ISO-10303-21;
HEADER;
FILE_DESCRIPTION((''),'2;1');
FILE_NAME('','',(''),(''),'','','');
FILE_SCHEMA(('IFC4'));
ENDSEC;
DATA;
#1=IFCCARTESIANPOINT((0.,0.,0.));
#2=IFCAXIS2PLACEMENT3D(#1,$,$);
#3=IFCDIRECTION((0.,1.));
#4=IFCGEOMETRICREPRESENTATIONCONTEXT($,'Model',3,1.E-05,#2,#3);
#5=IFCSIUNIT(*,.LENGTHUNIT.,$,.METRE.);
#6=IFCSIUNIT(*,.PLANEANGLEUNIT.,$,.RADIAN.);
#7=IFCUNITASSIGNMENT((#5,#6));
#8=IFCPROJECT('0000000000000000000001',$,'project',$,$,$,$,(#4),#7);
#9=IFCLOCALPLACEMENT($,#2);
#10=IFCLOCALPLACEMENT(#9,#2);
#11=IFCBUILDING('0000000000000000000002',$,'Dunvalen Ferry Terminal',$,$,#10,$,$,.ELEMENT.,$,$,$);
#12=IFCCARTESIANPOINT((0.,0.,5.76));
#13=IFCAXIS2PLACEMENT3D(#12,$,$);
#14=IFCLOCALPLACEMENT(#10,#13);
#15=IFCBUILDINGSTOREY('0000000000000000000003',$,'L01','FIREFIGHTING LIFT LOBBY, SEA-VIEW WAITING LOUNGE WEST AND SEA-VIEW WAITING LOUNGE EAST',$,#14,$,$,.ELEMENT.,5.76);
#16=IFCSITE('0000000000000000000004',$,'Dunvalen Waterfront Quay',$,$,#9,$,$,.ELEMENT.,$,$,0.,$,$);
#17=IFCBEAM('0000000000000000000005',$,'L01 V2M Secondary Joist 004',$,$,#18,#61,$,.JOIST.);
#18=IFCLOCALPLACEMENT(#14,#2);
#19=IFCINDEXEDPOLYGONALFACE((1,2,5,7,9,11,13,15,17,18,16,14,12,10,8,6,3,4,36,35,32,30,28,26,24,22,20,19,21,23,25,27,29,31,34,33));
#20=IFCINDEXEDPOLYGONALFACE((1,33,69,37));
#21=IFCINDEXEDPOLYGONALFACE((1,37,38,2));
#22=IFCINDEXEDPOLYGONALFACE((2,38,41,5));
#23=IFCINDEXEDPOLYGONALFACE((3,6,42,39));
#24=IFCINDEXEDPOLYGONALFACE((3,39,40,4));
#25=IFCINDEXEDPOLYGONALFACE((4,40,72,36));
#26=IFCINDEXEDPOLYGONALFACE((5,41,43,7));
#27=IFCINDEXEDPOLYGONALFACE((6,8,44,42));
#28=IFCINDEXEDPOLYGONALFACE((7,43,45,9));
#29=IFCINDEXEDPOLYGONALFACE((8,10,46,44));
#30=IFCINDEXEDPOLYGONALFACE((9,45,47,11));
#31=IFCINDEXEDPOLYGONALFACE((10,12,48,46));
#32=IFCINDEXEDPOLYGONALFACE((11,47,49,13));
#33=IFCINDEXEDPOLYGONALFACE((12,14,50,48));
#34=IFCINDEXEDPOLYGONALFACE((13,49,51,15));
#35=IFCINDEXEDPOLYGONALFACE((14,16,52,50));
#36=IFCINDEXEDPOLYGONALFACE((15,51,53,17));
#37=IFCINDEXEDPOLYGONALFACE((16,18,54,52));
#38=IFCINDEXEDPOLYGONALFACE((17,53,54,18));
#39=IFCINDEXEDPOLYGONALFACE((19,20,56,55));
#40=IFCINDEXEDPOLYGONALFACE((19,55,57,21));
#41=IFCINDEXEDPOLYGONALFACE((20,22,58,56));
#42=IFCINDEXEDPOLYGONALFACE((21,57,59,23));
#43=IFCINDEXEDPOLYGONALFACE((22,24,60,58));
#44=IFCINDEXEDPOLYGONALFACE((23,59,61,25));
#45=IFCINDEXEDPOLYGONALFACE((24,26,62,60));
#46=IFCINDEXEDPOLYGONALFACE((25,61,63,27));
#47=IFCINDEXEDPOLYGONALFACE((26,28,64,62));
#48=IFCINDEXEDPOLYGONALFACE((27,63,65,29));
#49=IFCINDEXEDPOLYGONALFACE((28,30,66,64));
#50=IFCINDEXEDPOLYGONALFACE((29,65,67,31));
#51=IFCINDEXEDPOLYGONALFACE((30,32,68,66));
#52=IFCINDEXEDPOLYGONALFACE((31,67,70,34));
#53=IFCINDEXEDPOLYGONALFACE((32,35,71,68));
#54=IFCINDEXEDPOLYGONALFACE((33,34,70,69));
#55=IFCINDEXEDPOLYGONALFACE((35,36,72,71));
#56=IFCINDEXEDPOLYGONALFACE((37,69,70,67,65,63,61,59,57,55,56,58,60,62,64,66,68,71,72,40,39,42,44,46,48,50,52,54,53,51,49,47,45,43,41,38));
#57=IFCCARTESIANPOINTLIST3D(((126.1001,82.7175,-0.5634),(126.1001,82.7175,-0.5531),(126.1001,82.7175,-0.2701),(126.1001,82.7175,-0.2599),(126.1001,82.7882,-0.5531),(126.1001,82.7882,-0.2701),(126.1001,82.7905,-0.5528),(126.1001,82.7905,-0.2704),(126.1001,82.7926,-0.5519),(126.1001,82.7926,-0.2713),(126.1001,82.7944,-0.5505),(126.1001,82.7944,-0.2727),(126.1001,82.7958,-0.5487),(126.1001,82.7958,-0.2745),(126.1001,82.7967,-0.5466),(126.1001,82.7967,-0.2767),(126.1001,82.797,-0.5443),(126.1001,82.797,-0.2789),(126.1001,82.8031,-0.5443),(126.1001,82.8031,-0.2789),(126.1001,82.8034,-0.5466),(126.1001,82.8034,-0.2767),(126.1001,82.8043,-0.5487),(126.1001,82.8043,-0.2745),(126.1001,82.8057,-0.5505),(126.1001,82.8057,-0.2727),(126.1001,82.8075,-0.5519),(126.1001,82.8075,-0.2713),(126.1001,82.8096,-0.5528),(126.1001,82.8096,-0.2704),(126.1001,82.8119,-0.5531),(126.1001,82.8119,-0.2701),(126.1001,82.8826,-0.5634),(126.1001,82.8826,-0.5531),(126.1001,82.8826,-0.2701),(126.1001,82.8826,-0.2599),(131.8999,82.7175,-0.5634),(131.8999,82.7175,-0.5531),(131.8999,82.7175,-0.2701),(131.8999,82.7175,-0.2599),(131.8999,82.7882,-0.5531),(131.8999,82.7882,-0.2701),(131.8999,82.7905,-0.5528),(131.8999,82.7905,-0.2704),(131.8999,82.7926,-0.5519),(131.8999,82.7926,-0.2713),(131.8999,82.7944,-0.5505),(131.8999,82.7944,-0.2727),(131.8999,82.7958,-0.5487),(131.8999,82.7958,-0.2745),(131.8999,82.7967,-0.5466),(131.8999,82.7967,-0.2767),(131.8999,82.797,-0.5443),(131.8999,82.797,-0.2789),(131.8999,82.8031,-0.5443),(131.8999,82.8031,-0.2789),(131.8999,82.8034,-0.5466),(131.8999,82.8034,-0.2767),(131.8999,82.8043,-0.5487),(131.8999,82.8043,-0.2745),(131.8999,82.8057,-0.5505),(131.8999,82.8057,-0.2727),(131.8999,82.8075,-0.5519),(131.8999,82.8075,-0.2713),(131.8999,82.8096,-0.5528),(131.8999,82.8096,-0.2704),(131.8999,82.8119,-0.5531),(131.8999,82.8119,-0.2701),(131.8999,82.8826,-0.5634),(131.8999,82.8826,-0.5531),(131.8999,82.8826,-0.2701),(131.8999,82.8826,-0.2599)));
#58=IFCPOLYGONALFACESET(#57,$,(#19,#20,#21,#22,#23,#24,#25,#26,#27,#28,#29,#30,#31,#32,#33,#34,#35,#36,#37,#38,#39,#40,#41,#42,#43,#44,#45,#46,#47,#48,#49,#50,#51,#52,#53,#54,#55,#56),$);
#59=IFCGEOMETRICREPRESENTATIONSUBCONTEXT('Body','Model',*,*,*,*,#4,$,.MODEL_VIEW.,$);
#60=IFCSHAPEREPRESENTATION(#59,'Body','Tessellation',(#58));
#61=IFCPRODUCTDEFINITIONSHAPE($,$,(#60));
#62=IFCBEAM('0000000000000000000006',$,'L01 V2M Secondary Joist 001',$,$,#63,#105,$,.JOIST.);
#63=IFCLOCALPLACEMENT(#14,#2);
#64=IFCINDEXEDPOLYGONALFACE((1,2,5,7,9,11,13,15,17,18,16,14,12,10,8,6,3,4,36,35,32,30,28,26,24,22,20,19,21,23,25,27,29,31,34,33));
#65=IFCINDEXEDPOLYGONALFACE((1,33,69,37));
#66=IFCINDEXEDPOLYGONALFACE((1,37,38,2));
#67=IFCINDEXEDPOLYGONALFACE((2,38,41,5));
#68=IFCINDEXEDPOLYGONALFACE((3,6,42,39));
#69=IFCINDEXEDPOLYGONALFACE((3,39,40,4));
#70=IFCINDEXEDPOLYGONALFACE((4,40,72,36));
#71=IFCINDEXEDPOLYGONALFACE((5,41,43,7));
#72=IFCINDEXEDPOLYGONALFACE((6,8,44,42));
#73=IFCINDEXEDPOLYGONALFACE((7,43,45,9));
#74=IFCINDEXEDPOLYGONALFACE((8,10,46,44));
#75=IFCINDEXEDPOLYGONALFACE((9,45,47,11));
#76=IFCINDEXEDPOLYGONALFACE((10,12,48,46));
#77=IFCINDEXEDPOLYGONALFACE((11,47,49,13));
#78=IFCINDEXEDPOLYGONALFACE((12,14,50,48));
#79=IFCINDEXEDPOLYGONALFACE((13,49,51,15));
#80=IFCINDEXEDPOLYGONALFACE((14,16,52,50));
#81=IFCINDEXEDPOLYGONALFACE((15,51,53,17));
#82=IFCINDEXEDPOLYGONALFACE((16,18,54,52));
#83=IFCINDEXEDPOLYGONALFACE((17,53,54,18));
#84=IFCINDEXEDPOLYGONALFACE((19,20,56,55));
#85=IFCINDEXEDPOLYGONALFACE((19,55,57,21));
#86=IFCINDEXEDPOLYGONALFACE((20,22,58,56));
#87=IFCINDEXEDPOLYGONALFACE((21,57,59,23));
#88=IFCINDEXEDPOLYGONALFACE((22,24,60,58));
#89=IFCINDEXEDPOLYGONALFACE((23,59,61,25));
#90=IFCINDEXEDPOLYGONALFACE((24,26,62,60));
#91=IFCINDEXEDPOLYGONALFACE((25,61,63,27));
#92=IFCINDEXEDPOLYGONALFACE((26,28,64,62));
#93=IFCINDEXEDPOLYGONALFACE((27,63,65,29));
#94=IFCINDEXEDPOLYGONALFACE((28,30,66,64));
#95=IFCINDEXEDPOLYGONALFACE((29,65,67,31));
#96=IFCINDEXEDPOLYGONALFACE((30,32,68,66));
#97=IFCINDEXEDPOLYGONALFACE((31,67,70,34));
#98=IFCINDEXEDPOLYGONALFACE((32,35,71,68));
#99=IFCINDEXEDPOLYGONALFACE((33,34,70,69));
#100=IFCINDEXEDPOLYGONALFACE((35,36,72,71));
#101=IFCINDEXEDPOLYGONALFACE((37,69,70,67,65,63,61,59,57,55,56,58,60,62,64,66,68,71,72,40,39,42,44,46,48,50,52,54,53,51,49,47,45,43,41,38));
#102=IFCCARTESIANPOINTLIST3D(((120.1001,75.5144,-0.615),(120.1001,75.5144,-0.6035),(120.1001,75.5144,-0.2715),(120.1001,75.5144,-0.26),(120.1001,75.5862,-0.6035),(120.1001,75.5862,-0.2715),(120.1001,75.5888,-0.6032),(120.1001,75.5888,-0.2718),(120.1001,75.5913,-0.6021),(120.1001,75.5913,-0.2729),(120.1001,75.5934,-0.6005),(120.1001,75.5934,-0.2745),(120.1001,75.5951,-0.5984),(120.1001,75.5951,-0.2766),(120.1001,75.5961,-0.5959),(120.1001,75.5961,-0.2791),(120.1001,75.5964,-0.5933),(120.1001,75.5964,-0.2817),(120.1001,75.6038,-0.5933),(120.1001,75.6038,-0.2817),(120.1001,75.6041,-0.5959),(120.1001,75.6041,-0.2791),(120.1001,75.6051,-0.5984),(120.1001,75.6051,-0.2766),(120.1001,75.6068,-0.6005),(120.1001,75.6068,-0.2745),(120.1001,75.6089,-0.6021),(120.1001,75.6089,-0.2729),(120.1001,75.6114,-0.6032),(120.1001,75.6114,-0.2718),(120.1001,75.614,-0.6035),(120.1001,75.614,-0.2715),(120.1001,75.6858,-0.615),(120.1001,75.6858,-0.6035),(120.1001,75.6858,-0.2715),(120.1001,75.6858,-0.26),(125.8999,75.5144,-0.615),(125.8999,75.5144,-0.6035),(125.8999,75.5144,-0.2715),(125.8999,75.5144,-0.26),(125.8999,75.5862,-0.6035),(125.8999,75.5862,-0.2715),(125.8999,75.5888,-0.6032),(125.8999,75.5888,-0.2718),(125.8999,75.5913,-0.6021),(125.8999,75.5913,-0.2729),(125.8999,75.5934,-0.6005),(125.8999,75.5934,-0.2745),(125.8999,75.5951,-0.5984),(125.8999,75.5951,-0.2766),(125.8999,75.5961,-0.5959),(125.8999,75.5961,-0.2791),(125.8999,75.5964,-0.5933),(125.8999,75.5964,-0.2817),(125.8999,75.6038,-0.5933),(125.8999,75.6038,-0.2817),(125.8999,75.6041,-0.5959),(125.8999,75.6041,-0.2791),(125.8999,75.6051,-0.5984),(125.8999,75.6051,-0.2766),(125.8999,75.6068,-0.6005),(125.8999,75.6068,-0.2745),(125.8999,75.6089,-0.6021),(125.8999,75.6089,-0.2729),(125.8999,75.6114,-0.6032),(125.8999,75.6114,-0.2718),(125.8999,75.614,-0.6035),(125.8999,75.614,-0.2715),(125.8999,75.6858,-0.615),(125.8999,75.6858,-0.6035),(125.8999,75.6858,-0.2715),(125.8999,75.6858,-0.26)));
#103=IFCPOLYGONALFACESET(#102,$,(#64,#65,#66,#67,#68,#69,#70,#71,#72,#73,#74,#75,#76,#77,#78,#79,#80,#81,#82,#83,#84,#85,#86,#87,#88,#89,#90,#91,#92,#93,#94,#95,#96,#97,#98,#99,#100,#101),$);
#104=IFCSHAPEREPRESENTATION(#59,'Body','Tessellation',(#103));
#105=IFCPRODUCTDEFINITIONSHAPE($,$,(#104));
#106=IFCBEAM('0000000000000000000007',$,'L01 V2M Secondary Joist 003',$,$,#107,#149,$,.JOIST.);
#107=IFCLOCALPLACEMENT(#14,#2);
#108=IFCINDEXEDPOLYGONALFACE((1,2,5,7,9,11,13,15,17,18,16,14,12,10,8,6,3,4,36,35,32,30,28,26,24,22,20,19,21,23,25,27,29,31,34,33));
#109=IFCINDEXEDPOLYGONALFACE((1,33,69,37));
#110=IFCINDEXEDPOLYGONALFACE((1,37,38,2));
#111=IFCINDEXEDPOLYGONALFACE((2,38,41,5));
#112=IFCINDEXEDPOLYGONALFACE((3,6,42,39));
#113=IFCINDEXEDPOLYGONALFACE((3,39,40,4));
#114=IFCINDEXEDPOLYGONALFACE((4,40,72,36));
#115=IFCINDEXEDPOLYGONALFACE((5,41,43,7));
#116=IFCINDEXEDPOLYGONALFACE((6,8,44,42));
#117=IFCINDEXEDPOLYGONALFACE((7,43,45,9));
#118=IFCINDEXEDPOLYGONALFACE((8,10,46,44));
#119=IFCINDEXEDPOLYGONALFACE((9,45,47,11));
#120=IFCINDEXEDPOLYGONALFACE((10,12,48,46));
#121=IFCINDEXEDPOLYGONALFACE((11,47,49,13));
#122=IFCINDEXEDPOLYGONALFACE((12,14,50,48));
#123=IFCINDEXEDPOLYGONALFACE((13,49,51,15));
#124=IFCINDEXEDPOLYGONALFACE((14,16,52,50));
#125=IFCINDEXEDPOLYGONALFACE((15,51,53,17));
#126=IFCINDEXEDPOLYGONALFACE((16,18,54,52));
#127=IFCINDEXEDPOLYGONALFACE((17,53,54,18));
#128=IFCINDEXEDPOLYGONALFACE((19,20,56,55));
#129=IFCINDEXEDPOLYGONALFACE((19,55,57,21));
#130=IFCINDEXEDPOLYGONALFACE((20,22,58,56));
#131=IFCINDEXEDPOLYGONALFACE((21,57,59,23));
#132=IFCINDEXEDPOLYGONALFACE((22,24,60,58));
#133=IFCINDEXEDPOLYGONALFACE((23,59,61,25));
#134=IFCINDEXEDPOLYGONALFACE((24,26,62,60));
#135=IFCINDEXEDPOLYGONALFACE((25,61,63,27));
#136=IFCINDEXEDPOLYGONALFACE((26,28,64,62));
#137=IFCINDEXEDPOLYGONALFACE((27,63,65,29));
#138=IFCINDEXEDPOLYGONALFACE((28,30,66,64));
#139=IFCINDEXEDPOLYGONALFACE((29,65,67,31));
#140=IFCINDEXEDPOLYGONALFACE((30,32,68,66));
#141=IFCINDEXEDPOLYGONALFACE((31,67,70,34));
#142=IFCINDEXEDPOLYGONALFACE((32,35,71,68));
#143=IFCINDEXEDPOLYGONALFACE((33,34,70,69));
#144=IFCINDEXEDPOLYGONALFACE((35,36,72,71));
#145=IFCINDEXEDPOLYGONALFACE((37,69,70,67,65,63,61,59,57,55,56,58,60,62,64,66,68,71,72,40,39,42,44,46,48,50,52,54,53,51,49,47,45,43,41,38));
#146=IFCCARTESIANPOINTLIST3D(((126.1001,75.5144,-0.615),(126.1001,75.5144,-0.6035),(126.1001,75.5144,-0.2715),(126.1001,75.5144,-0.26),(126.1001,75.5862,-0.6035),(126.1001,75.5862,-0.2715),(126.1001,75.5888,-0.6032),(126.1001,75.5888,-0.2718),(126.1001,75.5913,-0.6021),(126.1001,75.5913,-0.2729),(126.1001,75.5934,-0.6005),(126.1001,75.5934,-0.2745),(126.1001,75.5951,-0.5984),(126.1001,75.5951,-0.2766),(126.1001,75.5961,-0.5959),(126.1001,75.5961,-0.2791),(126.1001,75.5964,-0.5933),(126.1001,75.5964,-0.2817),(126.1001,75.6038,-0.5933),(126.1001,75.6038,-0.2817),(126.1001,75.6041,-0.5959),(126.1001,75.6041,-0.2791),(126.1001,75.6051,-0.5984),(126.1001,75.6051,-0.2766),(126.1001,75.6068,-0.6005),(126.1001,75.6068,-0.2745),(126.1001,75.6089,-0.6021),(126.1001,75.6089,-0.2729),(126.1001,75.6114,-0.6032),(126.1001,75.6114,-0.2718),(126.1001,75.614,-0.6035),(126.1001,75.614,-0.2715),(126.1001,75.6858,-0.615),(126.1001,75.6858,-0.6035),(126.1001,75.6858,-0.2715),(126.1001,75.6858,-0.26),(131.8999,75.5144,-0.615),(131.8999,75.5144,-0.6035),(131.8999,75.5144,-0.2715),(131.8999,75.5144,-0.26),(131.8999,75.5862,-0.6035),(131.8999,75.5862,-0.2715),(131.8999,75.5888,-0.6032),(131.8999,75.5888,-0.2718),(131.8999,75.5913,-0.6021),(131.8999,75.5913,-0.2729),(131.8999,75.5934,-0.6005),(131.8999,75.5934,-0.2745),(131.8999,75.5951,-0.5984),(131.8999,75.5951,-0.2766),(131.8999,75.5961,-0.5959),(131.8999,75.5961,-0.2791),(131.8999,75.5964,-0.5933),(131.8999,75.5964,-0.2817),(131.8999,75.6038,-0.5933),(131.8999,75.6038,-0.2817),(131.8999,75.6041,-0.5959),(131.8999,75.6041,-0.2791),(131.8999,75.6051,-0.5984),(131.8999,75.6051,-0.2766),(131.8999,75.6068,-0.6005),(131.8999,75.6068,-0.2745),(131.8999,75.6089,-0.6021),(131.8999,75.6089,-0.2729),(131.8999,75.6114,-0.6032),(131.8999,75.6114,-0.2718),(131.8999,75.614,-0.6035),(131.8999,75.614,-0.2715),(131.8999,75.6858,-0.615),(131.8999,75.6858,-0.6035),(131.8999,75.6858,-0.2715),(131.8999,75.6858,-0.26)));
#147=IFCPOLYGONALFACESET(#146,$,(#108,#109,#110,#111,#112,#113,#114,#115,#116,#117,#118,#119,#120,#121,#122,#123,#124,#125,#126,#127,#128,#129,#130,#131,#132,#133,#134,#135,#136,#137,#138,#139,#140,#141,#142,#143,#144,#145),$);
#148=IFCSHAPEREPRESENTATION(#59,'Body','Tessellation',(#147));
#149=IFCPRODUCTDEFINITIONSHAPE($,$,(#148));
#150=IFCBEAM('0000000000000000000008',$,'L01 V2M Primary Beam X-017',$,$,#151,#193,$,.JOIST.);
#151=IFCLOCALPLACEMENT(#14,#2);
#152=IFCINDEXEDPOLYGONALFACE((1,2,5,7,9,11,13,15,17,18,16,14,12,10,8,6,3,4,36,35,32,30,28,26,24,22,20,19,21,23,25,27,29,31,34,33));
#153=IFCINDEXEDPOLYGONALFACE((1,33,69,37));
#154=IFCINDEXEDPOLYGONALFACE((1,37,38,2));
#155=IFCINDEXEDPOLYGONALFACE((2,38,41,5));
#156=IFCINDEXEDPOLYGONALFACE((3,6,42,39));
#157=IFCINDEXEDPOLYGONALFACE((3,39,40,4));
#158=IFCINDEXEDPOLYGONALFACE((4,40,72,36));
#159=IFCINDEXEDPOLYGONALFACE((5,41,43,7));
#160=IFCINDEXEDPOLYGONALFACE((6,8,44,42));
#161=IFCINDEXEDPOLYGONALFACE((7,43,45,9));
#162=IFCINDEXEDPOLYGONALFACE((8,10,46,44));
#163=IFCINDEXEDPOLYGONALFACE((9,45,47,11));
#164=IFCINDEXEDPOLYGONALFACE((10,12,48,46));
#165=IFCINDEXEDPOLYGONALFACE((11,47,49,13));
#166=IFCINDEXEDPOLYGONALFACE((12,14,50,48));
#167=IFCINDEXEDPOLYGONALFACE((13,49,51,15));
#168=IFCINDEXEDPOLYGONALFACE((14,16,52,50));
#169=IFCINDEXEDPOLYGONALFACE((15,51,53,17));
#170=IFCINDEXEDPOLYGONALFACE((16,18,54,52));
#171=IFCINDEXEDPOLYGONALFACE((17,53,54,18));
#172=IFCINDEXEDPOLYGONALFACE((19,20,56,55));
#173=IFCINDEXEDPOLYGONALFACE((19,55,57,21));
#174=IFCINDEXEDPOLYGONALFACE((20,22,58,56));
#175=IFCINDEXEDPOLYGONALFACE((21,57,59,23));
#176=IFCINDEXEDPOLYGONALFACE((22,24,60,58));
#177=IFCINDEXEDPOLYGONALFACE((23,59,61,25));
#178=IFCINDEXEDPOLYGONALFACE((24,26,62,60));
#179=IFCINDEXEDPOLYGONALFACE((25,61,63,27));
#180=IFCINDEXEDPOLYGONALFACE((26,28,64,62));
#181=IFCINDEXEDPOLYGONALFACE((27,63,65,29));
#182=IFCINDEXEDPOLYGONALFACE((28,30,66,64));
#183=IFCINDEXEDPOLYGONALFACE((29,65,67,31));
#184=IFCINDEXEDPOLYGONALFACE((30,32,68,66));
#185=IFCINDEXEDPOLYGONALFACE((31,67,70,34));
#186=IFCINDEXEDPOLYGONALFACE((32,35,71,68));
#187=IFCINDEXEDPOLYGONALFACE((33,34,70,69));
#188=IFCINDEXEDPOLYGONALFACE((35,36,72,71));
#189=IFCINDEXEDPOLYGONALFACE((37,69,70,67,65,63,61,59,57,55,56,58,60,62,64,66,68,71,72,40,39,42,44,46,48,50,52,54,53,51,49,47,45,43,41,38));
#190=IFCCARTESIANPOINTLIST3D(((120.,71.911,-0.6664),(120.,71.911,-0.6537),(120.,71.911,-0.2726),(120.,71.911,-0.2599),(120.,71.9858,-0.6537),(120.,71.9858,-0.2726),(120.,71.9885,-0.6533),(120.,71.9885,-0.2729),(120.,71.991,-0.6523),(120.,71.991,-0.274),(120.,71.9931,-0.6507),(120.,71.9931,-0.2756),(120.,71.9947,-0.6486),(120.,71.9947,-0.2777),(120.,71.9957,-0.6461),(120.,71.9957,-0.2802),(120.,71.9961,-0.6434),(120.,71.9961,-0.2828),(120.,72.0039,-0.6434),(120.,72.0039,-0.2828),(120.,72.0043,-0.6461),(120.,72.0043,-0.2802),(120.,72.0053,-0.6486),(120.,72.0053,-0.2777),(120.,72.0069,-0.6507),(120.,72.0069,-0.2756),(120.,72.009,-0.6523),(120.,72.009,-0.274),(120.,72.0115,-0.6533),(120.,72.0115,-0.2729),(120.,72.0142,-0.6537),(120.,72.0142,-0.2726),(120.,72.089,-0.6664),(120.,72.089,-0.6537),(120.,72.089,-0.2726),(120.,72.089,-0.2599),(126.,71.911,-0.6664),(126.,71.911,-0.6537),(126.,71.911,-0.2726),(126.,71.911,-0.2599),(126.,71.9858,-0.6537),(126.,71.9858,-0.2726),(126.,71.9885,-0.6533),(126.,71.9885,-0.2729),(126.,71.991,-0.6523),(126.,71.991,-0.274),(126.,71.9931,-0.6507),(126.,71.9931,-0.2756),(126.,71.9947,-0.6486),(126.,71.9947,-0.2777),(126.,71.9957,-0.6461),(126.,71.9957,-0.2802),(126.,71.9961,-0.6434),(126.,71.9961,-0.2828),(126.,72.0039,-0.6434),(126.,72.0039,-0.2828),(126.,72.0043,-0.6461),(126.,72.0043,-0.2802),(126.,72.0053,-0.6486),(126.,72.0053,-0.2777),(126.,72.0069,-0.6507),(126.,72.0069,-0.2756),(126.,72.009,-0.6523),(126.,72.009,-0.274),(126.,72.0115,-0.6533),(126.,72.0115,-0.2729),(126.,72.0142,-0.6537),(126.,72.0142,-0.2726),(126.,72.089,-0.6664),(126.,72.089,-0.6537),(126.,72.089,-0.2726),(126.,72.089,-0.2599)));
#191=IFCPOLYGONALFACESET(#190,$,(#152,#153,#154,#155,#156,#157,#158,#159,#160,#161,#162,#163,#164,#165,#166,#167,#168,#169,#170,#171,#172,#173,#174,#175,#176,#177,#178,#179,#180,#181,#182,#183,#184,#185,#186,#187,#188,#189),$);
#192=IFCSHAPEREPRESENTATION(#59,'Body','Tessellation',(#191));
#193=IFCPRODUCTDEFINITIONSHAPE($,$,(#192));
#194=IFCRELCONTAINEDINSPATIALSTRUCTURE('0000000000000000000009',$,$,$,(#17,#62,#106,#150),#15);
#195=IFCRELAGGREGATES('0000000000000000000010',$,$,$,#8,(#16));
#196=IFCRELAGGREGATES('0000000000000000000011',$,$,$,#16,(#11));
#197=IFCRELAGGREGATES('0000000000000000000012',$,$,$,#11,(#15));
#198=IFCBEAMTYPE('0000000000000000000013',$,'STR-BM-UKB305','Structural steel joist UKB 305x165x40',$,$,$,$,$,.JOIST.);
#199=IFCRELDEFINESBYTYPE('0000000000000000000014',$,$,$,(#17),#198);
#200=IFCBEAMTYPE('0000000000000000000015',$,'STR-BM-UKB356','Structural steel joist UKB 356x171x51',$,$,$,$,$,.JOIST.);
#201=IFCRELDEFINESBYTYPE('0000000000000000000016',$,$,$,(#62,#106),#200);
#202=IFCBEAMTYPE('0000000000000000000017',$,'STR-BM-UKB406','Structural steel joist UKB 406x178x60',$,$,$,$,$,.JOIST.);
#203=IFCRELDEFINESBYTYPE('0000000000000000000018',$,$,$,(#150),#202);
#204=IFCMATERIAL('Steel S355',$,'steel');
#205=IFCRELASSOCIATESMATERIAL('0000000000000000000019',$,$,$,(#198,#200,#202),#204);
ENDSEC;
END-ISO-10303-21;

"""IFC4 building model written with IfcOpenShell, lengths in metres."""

from ifc_helpers import new_model, si_unit, direction, frame, origin, origin_2d, place, context, subcontext, project, spatial, i_section, extrude, material, material_profile, profile_set, type_object, element, save


model = new_model("IFC4")

# Units and contexts
model_context = context("Model", 3, precision=1e-05, world=origin(), true_north=direction((0.0, 1.0)))
body_context = subcontext(model_context, "Body", "Model", "MODEL_VIEW")
ifc_project = project(units=[si_unit("LENGTHUNIT", "METRE"), si_unit("PLANEANGLEUNIT", "RADIAN")], contexts=[model_context])

# Site, building, storey
site_placement = place(None, origin())
site = spatial("IfcSite", under=ifc_project, at=site_placement, Name="Dunvalen Waterfront Quay", CompositionType="ELEMENT", RefElevation=0.0)
building_placement = place(site_placement, origin())
building = spatial("IfcBuilding", under=site, at=building_placement, Name="Dunvalen Ferry Terminal", CompositionType="ELEMENT")
storey_placement = place(building_placement, frame((0.0, 0.0, 5.76)))
storey = spatial("IfcBuildingStorey", under=building, at=storey_placement, Name="L01", Description="FIREFIGHTING LIFT LOBBY, SEA-VIEW WAITING LOUNGE WEST AND SEA-VIEW WAITING LOUNGE EAST", CompositionType="ELEMENT", Elevation=5.76)

# Beams
ifc_material_1 = material(Name="Steel S355", Category="steel")
ifc_material_profile_1 = material_profile(ifc_material_1, i_section(OverallWidth=0.165, OverallDepth=0.3035, WebThickness=0.0061, FlangeThickness=0.0103, FilletRadius=0.0088, at=origin_2d()), Name="Steel S355")
ifc_profile_set_1 = profile_set([ifc_material_profile_1], Name="Steel S355")
beam_type_1 = type_object("IfcBeamType", Name="STR-BM-UKB305", Description="Structural steel joist UKB 305x165x40", PredefinedType="JOIST", material=ifc_profile_set_1)
for number, where, z_axis, x_axis, name in (
    (1, (126.1001, 82.8, -0.4116), (1.0, 0.0, 0.0), (0.0, 1.0, 0.0), "L01 V2M Secondary Joist 004"),
):
    element("IfcBeam", number, at=place(storey_placement, frame(where, z_axis=z_axis, x_axis=x_axis)), inside=storey, type_object=beam_type_1, Name=name, PredefinedType="JOIST", context=body_context, shape_type="SweptSolid", body=[
        extrude(i_section(OverallWidth=0.165, OverallDepth=0.3035, WebThickness=0.0061, FlangeThickness=0.0103, FilletRadius=0.0088, at=origin_2d()), origin(), (0.0, 0.0, 1.0), 5.7998),
    ])
ifc_material_profile_2 = material_profile(ifc_material_1, i_section(OverallWidth=0.1714, OverallDepth=0.355, WebThickness=0.0073, FlangeThickness=0.0115, FilletRadius=0.0103, at=origin_2d()), Name="Steel S355")
ifc_profile_set_2 = profile_set([ifc_material_profile_2], Name="Steel S355")
beam_type_2 = type_object("IfcBeamType", Name="STR-BM-UKB356", Description="Structural steel joist UKB 356x171x51", PredefinedType="JOIST", material=ifc_profile_set_2)
for number, where, z_axis, x_axis, name in (
    (2, (120.1001, 75.6001, -0.4375), (1.0, 0.0, 0.0), (0.0, 1.0, 0.0), "L01 V2M Secondary Joist 001"),
    (3, (126.1001, 75.6001, -0.4375), (1.0, 0.0, 0.0), (0.0, 1.0, 0.0), "L01 V2M Secondary Joist 003"),
):
    element("IfcBeam", number, at=place(storey_placement, frame(where, z_axis=z_axis, x_axis=x_axis)), inside=storey, type_object=beam_type_2, Name=name, PredefinedType="JOIST", context=body_context, shape_type="SweptSolid", body=[
        extrude(i_section(OverallWidth=0.1714, OverallDepth=0.355, WebThickness=0.0073, FlangeThickness=0.0115, FilletRadius=0.0103, at=origin_2d()), origin(), (0.0, 0.0, 1.0), 5.7998),
    ])
ifc_material_profile_3 = material_profile(ifc_material_1, i_section(OverallWidth=0.178, OverallDepth=0.4065, WebThickness=0.0078, FlangeThickness=0.0127, FilletRadius=0.0103, at=origin_2d()), Name="Steel S355")
ifc_profile_set_3 = profile_set([ifc_material_profile_3], Name="Steel S355")
beam_type_3 = type_object("IfcBeamType", Name="STR-BM-UKB406", Description="Structural steel joist UKB 406x178x60", PredefinedType="JOIST", material=ifc_profile_set_3)
for number, where, z_axis, x_axis, name in (
    (4, (120.0, 72.0, -0.4631), (1.0, 0.0, 0.0), (0.0, 1.0, 0.0), "L01 V2M Primary Beam X-017"),
):
    element("IfcBeam", number, at=place(storey_placement, frame(where, z_axis=z_axis, x_axis=x_axis)), inside=storey, type_object=beam_type_3, Name=name, PredefinedType="JOIST", context=body_context, shape_type="SweptSolid", body=[
        extrude(i_section(OverallWidth=0.178, OverallDepth=0.4065, WebThickness=0.0078, FlangeThickness=0.0127, FilletRadius=0.0103, at=origin_2d()), origin(), (0.0, 0.0, 1.0), 6.0),
    ])

save(model, "model.ifc")
